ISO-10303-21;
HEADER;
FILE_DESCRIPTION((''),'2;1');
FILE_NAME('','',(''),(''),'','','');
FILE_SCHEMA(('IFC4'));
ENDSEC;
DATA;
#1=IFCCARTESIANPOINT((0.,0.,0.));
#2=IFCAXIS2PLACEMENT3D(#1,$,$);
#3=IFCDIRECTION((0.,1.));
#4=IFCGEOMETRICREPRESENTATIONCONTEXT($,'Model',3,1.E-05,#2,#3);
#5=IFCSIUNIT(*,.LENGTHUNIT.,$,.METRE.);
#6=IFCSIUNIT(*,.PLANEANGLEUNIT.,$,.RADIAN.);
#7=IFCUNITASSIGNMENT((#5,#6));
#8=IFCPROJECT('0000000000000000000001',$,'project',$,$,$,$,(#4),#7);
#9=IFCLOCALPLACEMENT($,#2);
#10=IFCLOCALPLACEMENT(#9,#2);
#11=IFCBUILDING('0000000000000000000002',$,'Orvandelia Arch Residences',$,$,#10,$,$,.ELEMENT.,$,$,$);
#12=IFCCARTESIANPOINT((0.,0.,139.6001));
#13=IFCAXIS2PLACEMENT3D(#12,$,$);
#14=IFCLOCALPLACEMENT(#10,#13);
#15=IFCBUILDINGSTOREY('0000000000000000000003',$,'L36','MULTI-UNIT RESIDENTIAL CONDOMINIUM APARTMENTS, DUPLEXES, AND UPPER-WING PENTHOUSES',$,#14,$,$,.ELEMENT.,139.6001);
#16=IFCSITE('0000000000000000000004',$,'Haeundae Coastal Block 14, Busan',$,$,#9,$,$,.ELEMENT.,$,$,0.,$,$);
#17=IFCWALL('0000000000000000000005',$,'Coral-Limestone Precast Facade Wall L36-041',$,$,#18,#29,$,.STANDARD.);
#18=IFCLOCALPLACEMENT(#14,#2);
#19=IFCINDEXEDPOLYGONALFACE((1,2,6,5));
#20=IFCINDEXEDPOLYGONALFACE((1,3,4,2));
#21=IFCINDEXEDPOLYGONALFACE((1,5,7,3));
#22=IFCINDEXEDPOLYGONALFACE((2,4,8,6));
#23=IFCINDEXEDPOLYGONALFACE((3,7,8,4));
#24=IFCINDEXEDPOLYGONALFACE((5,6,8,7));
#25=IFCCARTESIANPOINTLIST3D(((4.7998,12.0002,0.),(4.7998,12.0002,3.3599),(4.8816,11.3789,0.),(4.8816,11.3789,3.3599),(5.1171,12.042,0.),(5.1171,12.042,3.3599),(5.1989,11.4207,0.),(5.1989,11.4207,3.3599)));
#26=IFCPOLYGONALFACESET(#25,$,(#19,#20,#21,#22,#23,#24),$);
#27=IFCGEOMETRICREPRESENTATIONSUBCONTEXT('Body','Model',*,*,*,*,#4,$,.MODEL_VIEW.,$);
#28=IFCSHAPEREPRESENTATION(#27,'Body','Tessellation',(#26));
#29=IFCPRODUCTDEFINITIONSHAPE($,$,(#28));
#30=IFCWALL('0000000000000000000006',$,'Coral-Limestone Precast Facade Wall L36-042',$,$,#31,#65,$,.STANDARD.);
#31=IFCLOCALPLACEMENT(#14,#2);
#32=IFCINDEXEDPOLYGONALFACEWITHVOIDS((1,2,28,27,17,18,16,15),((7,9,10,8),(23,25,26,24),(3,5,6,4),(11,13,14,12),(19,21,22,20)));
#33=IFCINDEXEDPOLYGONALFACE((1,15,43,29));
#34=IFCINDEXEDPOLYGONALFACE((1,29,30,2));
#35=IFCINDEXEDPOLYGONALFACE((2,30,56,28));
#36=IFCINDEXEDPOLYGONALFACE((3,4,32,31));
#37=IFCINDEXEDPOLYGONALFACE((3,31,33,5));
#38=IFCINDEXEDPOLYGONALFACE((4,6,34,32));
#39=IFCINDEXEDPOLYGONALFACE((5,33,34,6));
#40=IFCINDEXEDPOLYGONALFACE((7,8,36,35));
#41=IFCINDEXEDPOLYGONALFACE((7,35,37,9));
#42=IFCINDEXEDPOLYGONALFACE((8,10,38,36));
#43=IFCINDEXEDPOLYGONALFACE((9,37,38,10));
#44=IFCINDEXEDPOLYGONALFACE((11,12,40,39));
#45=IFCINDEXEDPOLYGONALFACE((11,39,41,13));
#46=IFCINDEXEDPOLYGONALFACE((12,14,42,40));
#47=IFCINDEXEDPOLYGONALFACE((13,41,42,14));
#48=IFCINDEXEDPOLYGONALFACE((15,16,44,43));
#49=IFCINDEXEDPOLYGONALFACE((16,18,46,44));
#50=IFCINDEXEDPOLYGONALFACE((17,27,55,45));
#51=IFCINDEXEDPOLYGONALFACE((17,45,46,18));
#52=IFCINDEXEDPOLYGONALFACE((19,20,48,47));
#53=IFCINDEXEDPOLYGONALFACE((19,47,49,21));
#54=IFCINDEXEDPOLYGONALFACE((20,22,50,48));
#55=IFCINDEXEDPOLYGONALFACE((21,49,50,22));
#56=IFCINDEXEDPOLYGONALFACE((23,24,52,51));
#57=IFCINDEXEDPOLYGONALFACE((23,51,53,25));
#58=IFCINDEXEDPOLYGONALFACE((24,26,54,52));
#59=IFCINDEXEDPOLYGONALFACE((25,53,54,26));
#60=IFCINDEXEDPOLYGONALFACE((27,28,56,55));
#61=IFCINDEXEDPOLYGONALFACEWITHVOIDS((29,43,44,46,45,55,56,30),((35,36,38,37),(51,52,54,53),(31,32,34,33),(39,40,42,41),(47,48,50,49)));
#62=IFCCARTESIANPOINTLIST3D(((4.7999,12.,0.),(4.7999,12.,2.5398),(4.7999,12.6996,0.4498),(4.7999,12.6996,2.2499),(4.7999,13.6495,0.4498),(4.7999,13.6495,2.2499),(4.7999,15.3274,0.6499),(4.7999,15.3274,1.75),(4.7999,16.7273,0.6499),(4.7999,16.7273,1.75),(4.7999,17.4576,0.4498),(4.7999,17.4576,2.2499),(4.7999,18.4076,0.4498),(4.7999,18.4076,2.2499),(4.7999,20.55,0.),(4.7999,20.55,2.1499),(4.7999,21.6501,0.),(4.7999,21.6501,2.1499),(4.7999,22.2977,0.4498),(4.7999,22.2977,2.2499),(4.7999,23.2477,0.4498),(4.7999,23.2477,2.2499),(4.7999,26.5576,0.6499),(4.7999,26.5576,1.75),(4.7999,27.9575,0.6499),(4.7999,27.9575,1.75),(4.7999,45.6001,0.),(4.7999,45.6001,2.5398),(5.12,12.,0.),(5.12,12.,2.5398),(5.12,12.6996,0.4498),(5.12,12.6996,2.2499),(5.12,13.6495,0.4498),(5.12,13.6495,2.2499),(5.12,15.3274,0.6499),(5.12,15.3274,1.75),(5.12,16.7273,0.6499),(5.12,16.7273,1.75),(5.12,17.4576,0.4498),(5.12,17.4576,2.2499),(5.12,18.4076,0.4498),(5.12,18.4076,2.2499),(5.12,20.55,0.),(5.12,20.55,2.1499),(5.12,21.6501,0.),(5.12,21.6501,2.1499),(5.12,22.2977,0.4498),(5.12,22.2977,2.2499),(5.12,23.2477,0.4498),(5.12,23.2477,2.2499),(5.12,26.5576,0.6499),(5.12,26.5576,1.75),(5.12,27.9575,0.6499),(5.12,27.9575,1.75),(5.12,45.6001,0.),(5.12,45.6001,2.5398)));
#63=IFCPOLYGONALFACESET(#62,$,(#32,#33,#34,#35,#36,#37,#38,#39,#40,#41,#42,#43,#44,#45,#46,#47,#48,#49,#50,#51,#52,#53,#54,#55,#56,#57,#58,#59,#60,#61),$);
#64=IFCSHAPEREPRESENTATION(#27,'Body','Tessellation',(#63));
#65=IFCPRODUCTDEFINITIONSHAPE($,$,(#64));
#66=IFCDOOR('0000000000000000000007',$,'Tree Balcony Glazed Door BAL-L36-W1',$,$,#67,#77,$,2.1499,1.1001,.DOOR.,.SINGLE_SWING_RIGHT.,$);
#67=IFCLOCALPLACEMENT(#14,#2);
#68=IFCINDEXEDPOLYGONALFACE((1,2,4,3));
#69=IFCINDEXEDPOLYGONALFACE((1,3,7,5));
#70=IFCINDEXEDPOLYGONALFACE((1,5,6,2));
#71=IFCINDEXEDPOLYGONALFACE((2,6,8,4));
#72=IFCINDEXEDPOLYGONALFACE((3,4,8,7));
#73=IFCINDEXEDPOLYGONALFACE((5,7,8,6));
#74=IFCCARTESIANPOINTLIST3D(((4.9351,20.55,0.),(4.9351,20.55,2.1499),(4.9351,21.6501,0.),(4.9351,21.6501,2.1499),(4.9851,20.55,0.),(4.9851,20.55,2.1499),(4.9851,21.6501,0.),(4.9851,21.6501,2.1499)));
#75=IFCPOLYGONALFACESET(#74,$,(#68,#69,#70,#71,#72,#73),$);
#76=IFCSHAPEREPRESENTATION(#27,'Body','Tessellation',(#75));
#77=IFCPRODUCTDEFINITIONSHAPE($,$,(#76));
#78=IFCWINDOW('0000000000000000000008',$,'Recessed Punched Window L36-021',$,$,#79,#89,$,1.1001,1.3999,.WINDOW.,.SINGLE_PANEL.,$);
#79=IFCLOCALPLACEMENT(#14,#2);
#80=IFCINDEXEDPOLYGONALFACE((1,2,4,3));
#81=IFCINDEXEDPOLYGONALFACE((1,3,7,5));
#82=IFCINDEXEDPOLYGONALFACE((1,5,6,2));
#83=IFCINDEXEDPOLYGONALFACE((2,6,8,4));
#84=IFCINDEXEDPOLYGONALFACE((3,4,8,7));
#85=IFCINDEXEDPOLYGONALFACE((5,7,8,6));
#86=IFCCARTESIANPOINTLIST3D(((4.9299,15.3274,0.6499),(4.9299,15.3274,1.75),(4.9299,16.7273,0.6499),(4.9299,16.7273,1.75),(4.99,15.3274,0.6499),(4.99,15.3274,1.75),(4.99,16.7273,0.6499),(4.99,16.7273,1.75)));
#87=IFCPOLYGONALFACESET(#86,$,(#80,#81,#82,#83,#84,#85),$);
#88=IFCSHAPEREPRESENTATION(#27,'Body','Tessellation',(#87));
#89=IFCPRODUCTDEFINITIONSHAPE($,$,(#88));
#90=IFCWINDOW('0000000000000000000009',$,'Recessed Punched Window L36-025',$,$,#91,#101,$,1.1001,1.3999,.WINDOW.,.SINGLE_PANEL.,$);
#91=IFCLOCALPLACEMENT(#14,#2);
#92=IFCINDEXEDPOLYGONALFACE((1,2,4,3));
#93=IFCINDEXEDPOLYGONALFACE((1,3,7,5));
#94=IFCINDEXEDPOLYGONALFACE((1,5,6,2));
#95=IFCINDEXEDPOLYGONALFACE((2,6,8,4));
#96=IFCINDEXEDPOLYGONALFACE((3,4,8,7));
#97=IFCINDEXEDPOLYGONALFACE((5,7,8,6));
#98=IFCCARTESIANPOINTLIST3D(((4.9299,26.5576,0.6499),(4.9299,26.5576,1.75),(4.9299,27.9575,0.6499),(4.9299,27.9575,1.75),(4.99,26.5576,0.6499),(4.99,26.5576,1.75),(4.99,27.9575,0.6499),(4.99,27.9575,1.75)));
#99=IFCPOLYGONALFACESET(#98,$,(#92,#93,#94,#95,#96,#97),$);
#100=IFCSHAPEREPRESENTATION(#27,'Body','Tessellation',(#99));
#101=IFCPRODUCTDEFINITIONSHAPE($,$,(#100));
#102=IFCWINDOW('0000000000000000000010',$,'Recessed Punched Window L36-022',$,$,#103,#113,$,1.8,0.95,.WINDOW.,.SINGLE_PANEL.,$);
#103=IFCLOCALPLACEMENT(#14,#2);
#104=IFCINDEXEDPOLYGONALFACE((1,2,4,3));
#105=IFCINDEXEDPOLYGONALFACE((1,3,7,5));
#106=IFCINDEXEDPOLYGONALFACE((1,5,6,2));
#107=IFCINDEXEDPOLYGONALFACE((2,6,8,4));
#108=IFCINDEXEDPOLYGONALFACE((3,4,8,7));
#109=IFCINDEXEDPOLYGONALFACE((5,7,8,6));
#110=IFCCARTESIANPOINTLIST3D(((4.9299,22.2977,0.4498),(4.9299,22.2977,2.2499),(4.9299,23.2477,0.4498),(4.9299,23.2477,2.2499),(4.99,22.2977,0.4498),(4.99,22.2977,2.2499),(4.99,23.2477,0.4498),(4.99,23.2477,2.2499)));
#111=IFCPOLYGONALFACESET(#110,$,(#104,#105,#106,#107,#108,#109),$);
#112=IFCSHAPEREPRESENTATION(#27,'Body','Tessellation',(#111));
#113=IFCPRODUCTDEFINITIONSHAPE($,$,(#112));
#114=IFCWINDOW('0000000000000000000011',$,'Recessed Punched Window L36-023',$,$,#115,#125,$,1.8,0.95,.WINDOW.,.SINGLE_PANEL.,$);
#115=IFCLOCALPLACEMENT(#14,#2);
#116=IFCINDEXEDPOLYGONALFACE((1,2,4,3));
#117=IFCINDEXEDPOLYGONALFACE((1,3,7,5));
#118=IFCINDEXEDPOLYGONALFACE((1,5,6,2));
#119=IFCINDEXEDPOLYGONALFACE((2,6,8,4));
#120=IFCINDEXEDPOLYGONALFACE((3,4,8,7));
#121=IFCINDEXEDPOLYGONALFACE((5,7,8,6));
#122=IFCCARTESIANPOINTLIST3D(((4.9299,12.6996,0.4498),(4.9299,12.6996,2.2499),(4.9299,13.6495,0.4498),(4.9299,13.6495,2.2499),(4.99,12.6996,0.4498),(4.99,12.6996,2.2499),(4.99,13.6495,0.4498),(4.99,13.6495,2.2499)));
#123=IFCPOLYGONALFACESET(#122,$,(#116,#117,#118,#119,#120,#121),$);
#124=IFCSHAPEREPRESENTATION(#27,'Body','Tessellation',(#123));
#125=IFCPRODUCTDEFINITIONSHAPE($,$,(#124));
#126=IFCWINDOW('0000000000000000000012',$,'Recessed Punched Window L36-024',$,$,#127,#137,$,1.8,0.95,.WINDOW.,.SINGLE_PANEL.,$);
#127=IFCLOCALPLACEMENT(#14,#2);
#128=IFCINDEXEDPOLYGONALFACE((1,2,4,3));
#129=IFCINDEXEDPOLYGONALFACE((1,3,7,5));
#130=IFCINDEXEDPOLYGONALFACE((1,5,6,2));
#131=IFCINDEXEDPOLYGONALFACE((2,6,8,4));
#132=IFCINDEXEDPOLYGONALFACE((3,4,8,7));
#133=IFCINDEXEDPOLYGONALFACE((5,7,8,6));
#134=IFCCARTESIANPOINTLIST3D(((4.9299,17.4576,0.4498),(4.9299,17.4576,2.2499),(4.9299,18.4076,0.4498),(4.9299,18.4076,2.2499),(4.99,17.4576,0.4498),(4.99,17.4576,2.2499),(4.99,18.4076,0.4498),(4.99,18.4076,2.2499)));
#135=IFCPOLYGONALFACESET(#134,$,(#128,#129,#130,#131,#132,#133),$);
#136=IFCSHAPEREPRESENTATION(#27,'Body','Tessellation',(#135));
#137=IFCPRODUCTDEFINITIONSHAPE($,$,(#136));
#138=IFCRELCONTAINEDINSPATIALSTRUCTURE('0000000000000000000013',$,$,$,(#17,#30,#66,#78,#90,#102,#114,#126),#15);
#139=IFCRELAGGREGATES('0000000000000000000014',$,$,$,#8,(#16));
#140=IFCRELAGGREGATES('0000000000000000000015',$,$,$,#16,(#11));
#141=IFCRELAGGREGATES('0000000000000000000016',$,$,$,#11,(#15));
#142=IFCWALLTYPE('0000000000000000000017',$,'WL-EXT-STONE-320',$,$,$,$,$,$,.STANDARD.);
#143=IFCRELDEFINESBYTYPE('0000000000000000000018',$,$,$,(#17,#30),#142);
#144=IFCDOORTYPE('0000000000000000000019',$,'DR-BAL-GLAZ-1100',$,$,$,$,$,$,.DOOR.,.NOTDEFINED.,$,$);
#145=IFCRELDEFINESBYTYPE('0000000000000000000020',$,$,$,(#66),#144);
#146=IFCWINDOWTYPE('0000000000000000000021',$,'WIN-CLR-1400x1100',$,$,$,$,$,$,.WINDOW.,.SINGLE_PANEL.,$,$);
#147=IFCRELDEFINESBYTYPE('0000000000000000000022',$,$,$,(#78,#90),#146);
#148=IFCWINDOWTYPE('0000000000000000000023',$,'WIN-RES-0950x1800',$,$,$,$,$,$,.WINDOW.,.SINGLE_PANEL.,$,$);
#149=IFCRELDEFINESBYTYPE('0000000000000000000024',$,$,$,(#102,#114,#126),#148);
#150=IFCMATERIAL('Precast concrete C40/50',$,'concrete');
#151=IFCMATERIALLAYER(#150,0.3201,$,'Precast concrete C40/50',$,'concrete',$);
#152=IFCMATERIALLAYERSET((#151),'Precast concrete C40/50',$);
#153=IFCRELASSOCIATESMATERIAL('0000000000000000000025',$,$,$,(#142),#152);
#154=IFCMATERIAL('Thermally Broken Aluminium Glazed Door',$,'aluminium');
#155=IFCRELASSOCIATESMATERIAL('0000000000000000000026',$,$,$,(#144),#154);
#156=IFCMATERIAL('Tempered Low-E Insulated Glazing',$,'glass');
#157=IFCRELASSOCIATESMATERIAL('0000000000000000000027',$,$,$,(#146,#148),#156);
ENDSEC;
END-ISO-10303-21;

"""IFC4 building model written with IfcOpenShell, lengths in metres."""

from ifc_helpers import new_model, si_unit, direction, frame, frame_2d, origin, place, context, subcontext, project, spatial, rectangle, extrude, material, layer, layer_set, type_object, element, fill, save


model = new_model("IFC4")

# Units and contexts
model_context = context("Model", 3, precision=1e-05, world=origin(), true_north=direction((0.0, 1.0)))
body_context = subcontext(model_context, "Body", "Model", "MODEL_VIEW")
ifc_project = project(units=[si_unit("LENGTHUNIT", "METRE"), si_unit("PLANEANGLEUNIT", "RADIAN")], contexts=[model_context])

# Site, building, storey
site_placement = place(None, origin())
site = spatial("IfcSite", under=ifc_project, at=site_placement, Name="Haeundae Coastal Block 14, Busan", CompositionType="ELEMENT", RefElevation=0.0)
building_placement = place(site_placement, origin())
building = spatial("IfcBuilding", under=site, at=building_placement, Name="Orvandelia Arch Residences", CompositionType="ELEMENT")
storey_placement = place(building_placement, frame((0.0, 0.0, 139.6001)))
storey = spatial("IfcBuildingStorey", under=building, at=storey_placement, Name="L36", Description="MULTI-UNIT RESIDENTIAL CONDOMINIUM APARTMENTS, DUPLEXES, AND UPPER-WING PENTHOUSES", CompositionType="ELEMENT", Elevation=139.6001)

# Shared definitions
ifc_material_1 = material(Name="Precast concrete C40/50", Category="concrete")

# Wall
ifc_layer_1 = layer(ifc_material_1, 0.3201, Name="Precast concrete C40/50", Category="concrete")
ifc_layer_set_1 = layer_set([ifc_layer_1], Name="Precast concrete C40/50")
wall_type_1 = type_object("IfcWallType", Name="WL-EXT-STONE-320", PredefinedType="STANDARD", material=ifc_layer_set_1)
wall_1_placement = place(storey_placement, frame((5.0403, 11.3997, 0.0), z_axis=(0.0, 0.0, 1.0), x_axis=(-0.130505, 0.991448, 0.0)))
element("IfcWall", 1, at=wall_1_placement, inside=storey, type_object=wall_type_1, Name="Coral-Limestone Precast Facade Wall L36-041", PredefinedType="STANDARD", context=body_context, shape_type="SweptSolid", body=[
    extrude(rectangle(XDim=0.6267, YDim=0.3201, at=frame_2d((0.3135, 0.0))), origin(), (0.0, 0.0, 1.0), 3.3599),
])

# Wall, openings, door, windows
wall_2_placement = place(storey_placement, frame((4.96, 12.0, 0.0), z_axis=(0.0, 0.0, 1.0), x_axis=(0.0, 1.0, 0.0)))
wall_2 = element("IfcWall", 2, at=wall_2_placement, inside=storey, type_object=wall_type_1, Name="Coral-Limestone Precast Facade Wall L36-042", PredefinedType="STANDARD", context=body_context, shape_type="SweptSolid", body=[
    extrude(rectangle(XDim=33.6001, YDim=0.3201, at=frame_2d((16.8, 0.0))), origin(), (0.0, 0.0, 1.0), 2.5398),
])
opening_1_placement = place(wall_2_placement, frame((8.55, 0.0, 0.0)))
opening_1 = element("IfcOpeningElement", 3, at=opening_1_placement, cuts=wall_2, PredefinedType="OPENING", context=body_context, shape_type="SweptSolid", body=[
    extrude(rectangle(XDim=1.1001, YDim=2.1499, at=frame_2d((0.55, 1.075))), frame((0.0, 0.1699, 0.0), z_axis=(0.0, -1.0, 0.0), x_axis=(1.0, 0.0, 0.0)), (0.0, 0.0, 1.0), 0.3401),
])
opening_2_placement = place(wall_2_placement, frame((3.3274, 0.0, 0.6499)))
opening_2 = element("IfcOpeningElement", 4, at=opening_2_placement, cuts=wall_2, PredefinedType="OPENING", context=body_context, shape_type="SweptSolid", body=[
    extrude(rectangle(XDim=1.3999, YDim=1.1001, at=frame_2d((0.7, 0.55))), frame((0.0, 0.1699, 0.0), z_axis=(0.0, -1.0, 0.0), x_axis=(1.0, 0.0, 0.0)), (0.0, 0.0, 1.0), 0.3401),
])
opening_3_placement = place(wall_2_placement, frame((10.2976, 0.0, 0.45)))
opening_3 = element("IfcOpeningElement", 5, at=opening_3_placement, cuts=wall_2, PredefinedType="OPENING", context=body_context, shape_type="SweptSolid", body=[
    extrude(rectangle(XDim=0.95, YDim=1.8, at=frame_2d((0.4751, 0.8999))), frame((0.0, 0.1699, 0.0), z_axis=(0.0, -1.0, 0.0), x_axis=(1.0, 0.0, 0.0)), (0.0, 0.0, 1.0), 0.3401),
])
opening_4_placement = place(wall_2_placement, frame((0.6995, 0.0, 0.45)))
opening_4 = element("IfcOpeningElement", 6, at=opening_4_placement, cuts=wall_2, PredefinedType="OPENING", context=body_context, shape_type="SweptSolid", body=[
    extrude(rectangle(XDim=0.95, YDim=1.8, at=frame_2d((0.4751, 0.8999))), frame((0.0, 0.1699, 0.0), z_axis=(0.0, -1.0, 0.0), x_axis=(1.0, 0.0, 0.0)), (0.0, 0.0, 1.0), 0.3401),
])
opening_5_placement = place(wall_2_placement, frame((5.4575, 0.0, 0.45)))
opening_5 = element("IfcOpeningElement", 7, at=opening_5_placement, cuts=wall_2, PredefinedType="OPENING", context=body_context, shape_type="SweptSolid", body=[
    extrude(rectangle(XDim=0.95, YDim=1.8, at=frame_2d((0.4751, 0.8999))), frame((0.0, 0.1699, 0.0), z_axis=(0.0, -1.0, 0.0), x_axis=(1.0, 0.0, 0.0)), (0.0, 0.0, 1.0), 0.3401),
])
opening_6_placement = place(wall_2_placement, frame((14.5576, 0.0, 0.6499)))
opening_6 = element("IfcOpeningElement", 8, at=opening_6_placement, cuts=wall_2, PredefinedType="OPENING", context=body_context, shape_type="SweptSolid", body=[
    extrude(rectangle(XDim=1.3999, YDim=1.1001, at=frame_2d((0.7, 0.55))), frame((0.0, 0.1699, 0.0), z_axis=(0.0, -1.0, 0.0), x_axis=(1.0, 0.0, 0.0)), (0.0, 0.0, 1.0), 0.3401),
])
ifc_material_2 = material(Name="Thermally Broken Aluminium Glazed Door", Category="aluminium")
door_type_1 = type_object("IfcDoorType", Name="DR-BAL-GLAZ-1100", OperationType="NOTDEFINED", PredefinedType="DOOR", material=ifc_material_2)
door_1_placement = place(opening_1_placement, origin())
door_1 = element("IfcDoor", 9, at=door_1_placement, inside=storey, type_object=door_type_1, Name="Tree Balcony Glazed Door BAL-L36-W1", OperationType="SINGLE_SWING_RIGHT", OverallHeight=2.1499, OverallWidth=1.1001, PredefinedType="DOOR", context=body_context, shape_type="SweptSolid", body=[
    extrude(rectangle(XDim=1.1001, YDim=2.1499, at=frame_2d((0.55, 1.075))), frame((0.0, 0.0249, 0.0), z_axis=(0.0, -1.0, 0.0), x_axis=(1.0, 0.0, 0.0)), (0.0, 0.0, 1.0), 0.05),
])
fill(opening_1, door_1)
ifc_material_3 = material(Name="Tempered Low-E Insulated Glazing", Category="glass")
window_type_1 = type_object("IfcWindowType", Name="WIN-CLR-1400x1100", PartitioningType="SINGLE_PANEL", PredefinedType="WINDOW", material=ifc_material_3)
window_1_placement = place(opening_2_placement, origin())
window_1 = element("IfcWindow", 10, at=window_1_placement, inside=storey, type_object=window_type_1, Name="Recessed Punched Window L36-021", OverallHeight=1.1001, OverallWidth=1.3999, PartitioningType="SINGLE_PANEL", PredefinedType="WINDOW", context=body_context, shape_type="SweptSolid", body=[
    extrude(rectangle(XDim=1.3999, YDim=1.1001, at=frame_2d((0.7, 0.55))), frame((0.0, 0.03, 0.0), z_axis=(0.0, -1.0, 0.0), x_axis=(1.0, 0.0, 0.0)), (0.0, 0.0, 1.0), 0.0601),
])
fill(opening_2, window_1)
window_2_placement = place(opening_6_placement, origin())
window_2 = element("IfcWindow", 11, at=window_2_placement, inside=storey, type_object=window_type_1, Name="Recessed Punched Window L36-025", OverallHeight=1.1001, OverallWidth=1.3999, PartitioningType="SINGLE_PANEL", PredefinedType="WINDOW", context=body_context, shape_type="SweptSolid", body=[
    extrude(rectangle(XDim=1.3999, YDim=1.1001, at=frame_2d((0.7, 0.55))), frame((0.0, 0.03, 0.0), z_axis=(0.0, -1.0, 0.0), x_axis=(1.0, 0.0, 0.0)), (0.0, 0.0, 1.0), 0.0601),
])
fill(opening_6, window_2)
window_type_2 = type_object("IfcWindowType", Name="WIN-RES-0950x1800", PartitioningType="SINGLE_PANEL", PredefinedType="WINDOW", material=ifc_material_3)
window_3_placement = place(opening_3_placement, origin())
window_3 = element("IfcWindow", 12, at=window_3_placement, inside=storey, type_object=window_type_2, Name="Recessed Punched Window L36-022", OverallHeight=1.8, OverallWidth=0.95, PartitioningType="SINGLE_PANEL", PredefinedType="WINDOW", context=body_context, shape_type="SweptSolid", body=[
    extrude(rectangle(XDim=0.95, YDim=1.8, at=frame_2d((0.4751, 0.8999))), frame((0.0, 0.03, 0.0), z_axis=(0.0, -1.0, 0.0), x_axis=(1.0, 0.0, 0.0)), (0.0, 0.0, 1.0), 0.0601),
])
fill(opening_3, window_3)
window_4_placement = place(opening_4_placement, origin())
window_4 = element("IfcWindow", 13, at=window_4_placement, inside=storey, type_object=window_type_2, Name="Recessed Punched Window L36-023", OverallHeight=1.8, OverallWidth=0.95, PartitioningType="SINGLE_PANEL", PredefinedType="WINDOW", context=body_context, shape_type="SweptSolid", body=[
    extrude(rectangle(XDim=0.95, YDim=1.8, at=frame_2d((0.4751, 0.8999))), frame((0.0, 0.03, 0.0), z_axis=(0.0, -1.0, 0.0), x_axis=(1.0, 0.0, 0.0)), (0.0, 0.0, 1.0), 0.0601),
])
fill(opening_4, window_4)
window_5_placement = place(opening_5_placement, origin())
window_5 = element("IfcWindow", 14, at=window_5_placement, inside=storey, type_object=window_type_2, Name="Recessed Punched Window L36-024", OverallHeight=1.8, OverallWidth=0.95, PartitioningType="SINGLE_PANEL", PredefinedType="WINDOW", context=body_context, shape_type="SweptSolid", body=[
    extrude(rectangle(XDim=0.95, YDim=1.8, at=frame_2d((0.4751, 0.8999))), frame((0.0, 0.03, 0.0), z_axis=(0.0, -1.0, 0.0), x_axis=(1.0, 0.0, 0.0)), (0.0, 0.0, 1.0), 0.0601),
])
fill(opening_5, window_5)

save(model, "model.ifc")
